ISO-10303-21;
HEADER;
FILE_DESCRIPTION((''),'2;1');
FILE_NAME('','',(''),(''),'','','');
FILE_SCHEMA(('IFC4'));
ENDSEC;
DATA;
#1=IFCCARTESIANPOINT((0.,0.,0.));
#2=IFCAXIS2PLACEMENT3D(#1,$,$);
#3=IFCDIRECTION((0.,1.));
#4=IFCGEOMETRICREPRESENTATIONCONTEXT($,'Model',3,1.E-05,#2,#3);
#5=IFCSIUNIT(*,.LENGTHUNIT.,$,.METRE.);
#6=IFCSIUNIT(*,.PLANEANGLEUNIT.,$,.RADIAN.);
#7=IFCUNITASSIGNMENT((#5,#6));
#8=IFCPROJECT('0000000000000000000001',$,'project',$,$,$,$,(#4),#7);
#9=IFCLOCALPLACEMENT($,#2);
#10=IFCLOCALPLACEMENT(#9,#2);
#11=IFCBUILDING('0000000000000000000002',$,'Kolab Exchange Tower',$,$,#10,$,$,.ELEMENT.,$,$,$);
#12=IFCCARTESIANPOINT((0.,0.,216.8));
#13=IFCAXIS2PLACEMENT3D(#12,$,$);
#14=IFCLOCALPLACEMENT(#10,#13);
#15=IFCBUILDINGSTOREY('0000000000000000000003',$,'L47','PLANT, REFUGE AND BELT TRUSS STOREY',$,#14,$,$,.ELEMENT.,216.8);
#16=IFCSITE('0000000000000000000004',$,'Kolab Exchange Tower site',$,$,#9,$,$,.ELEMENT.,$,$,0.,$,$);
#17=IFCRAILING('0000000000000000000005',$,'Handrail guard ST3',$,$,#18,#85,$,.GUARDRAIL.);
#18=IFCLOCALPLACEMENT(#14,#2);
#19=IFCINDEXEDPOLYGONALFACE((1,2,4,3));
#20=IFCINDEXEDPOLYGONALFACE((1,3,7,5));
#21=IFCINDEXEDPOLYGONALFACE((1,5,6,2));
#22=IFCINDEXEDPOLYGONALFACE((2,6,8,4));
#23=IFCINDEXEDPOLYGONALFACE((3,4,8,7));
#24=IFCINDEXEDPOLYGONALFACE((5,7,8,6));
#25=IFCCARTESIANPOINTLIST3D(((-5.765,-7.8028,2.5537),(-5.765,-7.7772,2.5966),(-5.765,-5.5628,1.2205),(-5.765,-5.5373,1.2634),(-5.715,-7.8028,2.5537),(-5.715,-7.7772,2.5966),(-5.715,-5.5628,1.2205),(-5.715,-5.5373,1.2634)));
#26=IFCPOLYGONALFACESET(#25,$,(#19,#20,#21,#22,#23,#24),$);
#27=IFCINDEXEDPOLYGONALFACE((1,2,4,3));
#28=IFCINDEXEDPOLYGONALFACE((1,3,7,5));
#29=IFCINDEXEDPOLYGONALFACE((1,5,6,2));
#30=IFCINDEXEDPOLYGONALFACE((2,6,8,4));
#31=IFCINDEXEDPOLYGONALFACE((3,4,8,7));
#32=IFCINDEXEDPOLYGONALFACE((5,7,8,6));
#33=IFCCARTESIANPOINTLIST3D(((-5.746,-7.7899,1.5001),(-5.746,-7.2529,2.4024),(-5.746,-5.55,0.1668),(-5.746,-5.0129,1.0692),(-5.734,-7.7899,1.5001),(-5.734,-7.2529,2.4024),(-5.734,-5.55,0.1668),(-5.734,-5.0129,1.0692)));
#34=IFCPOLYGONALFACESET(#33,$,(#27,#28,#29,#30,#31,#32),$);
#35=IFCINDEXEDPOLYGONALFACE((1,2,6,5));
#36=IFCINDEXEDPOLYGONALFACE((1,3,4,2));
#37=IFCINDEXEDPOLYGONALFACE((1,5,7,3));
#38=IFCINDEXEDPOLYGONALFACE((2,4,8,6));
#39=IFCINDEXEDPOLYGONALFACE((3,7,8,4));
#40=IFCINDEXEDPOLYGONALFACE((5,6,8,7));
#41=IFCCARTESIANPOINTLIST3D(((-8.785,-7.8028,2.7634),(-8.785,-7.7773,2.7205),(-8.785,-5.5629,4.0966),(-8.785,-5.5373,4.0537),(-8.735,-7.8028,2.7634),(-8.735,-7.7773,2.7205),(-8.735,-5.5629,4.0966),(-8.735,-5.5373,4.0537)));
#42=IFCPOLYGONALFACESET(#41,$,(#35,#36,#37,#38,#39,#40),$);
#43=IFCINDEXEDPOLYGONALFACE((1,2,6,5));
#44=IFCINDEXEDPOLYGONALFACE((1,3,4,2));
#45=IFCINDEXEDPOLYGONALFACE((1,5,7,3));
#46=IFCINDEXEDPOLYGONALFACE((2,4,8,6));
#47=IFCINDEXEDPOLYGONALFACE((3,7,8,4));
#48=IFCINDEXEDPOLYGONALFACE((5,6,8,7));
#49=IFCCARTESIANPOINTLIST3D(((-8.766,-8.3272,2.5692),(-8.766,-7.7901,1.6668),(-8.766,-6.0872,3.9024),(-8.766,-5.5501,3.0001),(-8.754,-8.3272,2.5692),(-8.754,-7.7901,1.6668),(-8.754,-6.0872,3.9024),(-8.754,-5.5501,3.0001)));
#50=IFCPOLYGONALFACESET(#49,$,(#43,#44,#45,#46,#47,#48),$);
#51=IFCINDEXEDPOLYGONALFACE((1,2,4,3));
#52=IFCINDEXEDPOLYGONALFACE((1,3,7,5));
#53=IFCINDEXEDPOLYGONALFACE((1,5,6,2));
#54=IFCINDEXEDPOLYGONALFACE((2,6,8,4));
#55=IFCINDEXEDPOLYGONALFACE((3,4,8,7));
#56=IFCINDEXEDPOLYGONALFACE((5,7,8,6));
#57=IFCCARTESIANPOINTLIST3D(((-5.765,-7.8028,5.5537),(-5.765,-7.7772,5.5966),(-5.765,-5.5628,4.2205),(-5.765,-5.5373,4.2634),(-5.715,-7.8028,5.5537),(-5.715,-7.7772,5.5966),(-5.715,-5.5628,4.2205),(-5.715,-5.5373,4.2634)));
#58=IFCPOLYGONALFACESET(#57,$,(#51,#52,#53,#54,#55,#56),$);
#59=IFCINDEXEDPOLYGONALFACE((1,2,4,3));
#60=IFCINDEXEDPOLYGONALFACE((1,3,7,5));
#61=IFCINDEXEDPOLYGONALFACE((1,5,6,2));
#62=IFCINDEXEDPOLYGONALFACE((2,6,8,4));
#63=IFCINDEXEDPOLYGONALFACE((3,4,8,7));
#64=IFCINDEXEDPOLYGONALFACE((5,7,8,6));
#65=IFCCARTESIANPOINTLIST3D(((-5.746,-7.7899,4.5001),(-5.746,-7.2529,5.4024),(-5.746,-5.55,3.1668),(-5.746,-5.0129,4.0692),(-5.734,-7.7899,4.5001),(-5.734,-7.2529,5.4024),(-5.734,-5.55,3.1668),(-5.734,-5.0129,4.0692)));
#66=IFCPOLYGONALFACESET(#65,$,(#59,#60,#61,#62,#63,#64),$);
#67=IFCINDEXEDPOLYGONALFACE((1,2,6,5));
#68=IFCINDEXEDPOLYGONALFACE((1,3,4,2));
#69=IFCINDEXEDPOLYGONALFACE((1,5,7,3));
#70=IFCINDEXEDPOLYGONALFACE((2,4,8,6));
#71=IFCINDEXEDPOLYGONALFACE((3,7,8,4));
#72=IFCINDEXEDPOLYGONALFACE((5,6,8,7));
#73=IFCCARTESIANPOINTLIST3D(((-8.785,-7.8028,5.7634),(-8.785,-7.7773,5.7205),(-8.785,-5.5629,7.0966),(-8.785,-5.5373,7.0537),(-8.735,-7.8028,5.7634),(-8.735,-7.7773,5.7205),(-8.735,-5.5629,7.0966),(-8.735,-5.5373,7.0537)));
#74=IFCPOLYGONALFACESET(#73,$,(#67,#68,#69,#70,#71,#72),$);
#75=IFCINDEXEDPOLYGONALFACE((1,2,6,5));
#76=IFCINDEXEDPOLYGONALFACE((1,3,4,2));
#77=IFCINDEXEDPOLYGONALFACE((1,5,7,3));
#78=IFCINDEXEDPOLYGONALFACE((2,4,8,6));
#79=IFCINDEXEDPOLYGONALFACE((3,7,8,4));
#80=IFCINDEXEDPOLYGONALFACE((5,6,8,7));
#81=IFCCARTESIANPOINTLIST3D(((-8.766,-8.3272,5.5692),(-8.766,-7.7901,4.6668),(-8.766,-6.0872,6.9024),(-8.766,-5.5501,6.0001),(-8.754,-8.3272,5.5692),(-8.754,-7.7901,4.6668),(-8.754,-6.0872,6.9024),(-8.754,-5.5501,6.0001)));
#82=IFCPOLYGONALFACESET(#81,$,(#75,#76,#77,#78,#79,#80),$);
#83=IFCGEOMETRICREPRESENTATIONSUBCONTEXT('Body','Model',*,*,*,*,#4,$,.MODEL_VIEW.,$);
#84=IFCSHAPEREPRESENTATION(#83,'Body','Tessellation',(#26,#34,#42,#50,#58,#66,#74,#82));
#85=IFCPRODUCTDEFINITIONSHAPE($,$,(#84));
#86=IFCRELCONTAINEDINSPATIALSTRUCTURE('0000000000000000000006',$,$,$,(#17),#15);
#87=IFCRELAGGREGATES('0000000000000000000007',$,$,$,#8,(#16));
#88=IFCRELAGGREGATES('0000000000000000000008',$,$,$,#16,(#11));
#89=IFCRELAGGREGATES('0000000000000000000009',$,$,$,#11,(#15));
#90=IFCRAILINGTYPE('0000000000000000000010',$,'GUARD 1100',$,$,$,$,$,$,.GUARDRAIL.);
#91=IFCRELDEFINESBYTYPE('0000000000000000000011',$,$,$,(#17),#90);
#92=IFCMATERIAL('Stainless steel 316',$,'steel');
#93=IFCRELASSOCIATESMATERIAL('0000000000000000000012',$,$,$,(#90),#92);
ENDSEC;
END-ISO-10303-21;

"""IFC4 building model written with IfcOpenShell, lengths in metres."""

from ifc_helpers import new_model, si_unit, direction, frame, frame_2d, origin, origin_2d, place, context, subcontext, project, spatial, rectangle, extrude, material, type_object, element, save


model = new_model("IFC4")

# Units and contexts
model_context = context("Model", 3, precision=1e-05, world=origin(), true_north=direction((0.0, 1.0)))
body_context = subcontext(model_context, "Body", "Model", "MODEL_VIEW")
ifc_project = project(units=[si_unit("LENGTHUNIT", "METRE"), si_unit("PLANEANGLEUNIT", "RADIAN")], contexts=[model_context])

# Site, building, storey
site_placement = place(None, origin())
site = spatial("IfcSite", under=ifc_project, at=site_placement, Name="Kolab Exchange Tower site", CompositionType="ELEMENT", RefElevation=0.0)
building_placement = place(site_placement, origin())
building = spatial("IfcBuilding", under=site, at=building_placement, Name="Kolab Exchange Tower", CompositionType="ELEMENT")
storey_placement = place(building_placement, frame((0.0, 0.0, 216.8)))
storey = spatial("IfcBuildingStorey", under=building, at=storey_placement, Name="L47", Description="PLANT, REFUGE AND BELT TRUSS STOREY", CompositionType="ELEMENT", Elevation=216.8)

# Shared definitions
ifc_material_1 = material(Name="Stainless steel 316", Category="steel")

# Railing
railing_type = type_object("IfcRailingType", Name="GUARD 1100", PredefinedType="GUARDRAIL", material=ifc_material_1)
railing_placement = place(storey_placement, frame((-5.74, -5.55, 0.1667)))
element("IfcRailing", 1, at=railing_placement, inside=storey, type_object=railing_type, Name="Handrail guard ST3", PredefinedType="GUARDRAIL", context=body_context, shape_type="SweptSolid", body=[
    extrude(rectangle(XDim=0.05, YDim=0.05, at=origin_2d()), frame((0.0, 0.0, 1.0752), z_axis=(0.0, -0.859306, 0.511462), x_axis=(1.0, 0.0, 0.0)), (0.0, 0.0, 1.0), 2.6067),
    extrude(rectangle(XDim=0.012, YDim=1.0501, at=frame_2d((0.0, 0.5251))), frame((0.0, 0.0, 0.0), z_axis=(0.0, -0.859306, 0.511462), x_axis=(1.0, 0.0, 0.0)), (0.0, 0.0, 1.0), 2.6067),
    extrude(rectangle(XDim=0.05, YDim=0.05, at=origin_2d()), frame((-3.02, -2.24, 2.5752), z_axis=(0.0, 0.859306, 0.511462), x_axis=(-1.0, 0.0, 0.0)), (0.0, 0.0, 1.0), 2.6067),
    extrude(rectangle(XDim=0.012, YDim=1.0501, at=frame_2d((0.0, 0.5251))), frame((-3.02, -2.24, 1.5), z_axis=(0.0, 0.859306, 0.511462), x_axis=(-1.0, 0.0, 0.0)), (0.0, 0.0, 1.0), 2.6067),
    extrude(rectangle(XDim=0.05, YDim=0.05, at=origin_2d()), frame((0.0, 0.0, 4.0752), z_axis=(0.0, -0.859306, 0.511462), x_axis=(1.0, 0.0, 0.0)), (0.0, 0.0, 1.0), 2.6067),
    extrude(rectangle(XDim=0.012, YDim=1.0501, at=frame_2d((0.0, 0.5251))), frame((0.0, 0.0, 3.0), z_axis=(0.0, -0.859306, 0.511462), x_axis=(1.0, 0.0, 0.0)), (0.0, 0.0, 1.0), 2.6067),
    extrude(rectangle(XDim=0.05, YDim=0.05, at=origin_2d()), frame((-3.02, -2.24, 5.5752), z_axis=(0.0, 0.859306, 0.511462), x_axis=(-1.0, 0.0, 0.0)), (0.0, 0.0, 1.0), 2.6067),
    extrude(rectangle(XDim=0.012, YDim=1.0501, at=frame_2d((0.0, 0.5251))), frame((-3.02, -2.24, 4.5), z_axis=(0.0, 0.859306, 0.511462), x_axis=(-1.0, 0.0, 0.0)), (0.0, 0.0, 1.0), 2.6067),
])

save(model, "model.ifc")
